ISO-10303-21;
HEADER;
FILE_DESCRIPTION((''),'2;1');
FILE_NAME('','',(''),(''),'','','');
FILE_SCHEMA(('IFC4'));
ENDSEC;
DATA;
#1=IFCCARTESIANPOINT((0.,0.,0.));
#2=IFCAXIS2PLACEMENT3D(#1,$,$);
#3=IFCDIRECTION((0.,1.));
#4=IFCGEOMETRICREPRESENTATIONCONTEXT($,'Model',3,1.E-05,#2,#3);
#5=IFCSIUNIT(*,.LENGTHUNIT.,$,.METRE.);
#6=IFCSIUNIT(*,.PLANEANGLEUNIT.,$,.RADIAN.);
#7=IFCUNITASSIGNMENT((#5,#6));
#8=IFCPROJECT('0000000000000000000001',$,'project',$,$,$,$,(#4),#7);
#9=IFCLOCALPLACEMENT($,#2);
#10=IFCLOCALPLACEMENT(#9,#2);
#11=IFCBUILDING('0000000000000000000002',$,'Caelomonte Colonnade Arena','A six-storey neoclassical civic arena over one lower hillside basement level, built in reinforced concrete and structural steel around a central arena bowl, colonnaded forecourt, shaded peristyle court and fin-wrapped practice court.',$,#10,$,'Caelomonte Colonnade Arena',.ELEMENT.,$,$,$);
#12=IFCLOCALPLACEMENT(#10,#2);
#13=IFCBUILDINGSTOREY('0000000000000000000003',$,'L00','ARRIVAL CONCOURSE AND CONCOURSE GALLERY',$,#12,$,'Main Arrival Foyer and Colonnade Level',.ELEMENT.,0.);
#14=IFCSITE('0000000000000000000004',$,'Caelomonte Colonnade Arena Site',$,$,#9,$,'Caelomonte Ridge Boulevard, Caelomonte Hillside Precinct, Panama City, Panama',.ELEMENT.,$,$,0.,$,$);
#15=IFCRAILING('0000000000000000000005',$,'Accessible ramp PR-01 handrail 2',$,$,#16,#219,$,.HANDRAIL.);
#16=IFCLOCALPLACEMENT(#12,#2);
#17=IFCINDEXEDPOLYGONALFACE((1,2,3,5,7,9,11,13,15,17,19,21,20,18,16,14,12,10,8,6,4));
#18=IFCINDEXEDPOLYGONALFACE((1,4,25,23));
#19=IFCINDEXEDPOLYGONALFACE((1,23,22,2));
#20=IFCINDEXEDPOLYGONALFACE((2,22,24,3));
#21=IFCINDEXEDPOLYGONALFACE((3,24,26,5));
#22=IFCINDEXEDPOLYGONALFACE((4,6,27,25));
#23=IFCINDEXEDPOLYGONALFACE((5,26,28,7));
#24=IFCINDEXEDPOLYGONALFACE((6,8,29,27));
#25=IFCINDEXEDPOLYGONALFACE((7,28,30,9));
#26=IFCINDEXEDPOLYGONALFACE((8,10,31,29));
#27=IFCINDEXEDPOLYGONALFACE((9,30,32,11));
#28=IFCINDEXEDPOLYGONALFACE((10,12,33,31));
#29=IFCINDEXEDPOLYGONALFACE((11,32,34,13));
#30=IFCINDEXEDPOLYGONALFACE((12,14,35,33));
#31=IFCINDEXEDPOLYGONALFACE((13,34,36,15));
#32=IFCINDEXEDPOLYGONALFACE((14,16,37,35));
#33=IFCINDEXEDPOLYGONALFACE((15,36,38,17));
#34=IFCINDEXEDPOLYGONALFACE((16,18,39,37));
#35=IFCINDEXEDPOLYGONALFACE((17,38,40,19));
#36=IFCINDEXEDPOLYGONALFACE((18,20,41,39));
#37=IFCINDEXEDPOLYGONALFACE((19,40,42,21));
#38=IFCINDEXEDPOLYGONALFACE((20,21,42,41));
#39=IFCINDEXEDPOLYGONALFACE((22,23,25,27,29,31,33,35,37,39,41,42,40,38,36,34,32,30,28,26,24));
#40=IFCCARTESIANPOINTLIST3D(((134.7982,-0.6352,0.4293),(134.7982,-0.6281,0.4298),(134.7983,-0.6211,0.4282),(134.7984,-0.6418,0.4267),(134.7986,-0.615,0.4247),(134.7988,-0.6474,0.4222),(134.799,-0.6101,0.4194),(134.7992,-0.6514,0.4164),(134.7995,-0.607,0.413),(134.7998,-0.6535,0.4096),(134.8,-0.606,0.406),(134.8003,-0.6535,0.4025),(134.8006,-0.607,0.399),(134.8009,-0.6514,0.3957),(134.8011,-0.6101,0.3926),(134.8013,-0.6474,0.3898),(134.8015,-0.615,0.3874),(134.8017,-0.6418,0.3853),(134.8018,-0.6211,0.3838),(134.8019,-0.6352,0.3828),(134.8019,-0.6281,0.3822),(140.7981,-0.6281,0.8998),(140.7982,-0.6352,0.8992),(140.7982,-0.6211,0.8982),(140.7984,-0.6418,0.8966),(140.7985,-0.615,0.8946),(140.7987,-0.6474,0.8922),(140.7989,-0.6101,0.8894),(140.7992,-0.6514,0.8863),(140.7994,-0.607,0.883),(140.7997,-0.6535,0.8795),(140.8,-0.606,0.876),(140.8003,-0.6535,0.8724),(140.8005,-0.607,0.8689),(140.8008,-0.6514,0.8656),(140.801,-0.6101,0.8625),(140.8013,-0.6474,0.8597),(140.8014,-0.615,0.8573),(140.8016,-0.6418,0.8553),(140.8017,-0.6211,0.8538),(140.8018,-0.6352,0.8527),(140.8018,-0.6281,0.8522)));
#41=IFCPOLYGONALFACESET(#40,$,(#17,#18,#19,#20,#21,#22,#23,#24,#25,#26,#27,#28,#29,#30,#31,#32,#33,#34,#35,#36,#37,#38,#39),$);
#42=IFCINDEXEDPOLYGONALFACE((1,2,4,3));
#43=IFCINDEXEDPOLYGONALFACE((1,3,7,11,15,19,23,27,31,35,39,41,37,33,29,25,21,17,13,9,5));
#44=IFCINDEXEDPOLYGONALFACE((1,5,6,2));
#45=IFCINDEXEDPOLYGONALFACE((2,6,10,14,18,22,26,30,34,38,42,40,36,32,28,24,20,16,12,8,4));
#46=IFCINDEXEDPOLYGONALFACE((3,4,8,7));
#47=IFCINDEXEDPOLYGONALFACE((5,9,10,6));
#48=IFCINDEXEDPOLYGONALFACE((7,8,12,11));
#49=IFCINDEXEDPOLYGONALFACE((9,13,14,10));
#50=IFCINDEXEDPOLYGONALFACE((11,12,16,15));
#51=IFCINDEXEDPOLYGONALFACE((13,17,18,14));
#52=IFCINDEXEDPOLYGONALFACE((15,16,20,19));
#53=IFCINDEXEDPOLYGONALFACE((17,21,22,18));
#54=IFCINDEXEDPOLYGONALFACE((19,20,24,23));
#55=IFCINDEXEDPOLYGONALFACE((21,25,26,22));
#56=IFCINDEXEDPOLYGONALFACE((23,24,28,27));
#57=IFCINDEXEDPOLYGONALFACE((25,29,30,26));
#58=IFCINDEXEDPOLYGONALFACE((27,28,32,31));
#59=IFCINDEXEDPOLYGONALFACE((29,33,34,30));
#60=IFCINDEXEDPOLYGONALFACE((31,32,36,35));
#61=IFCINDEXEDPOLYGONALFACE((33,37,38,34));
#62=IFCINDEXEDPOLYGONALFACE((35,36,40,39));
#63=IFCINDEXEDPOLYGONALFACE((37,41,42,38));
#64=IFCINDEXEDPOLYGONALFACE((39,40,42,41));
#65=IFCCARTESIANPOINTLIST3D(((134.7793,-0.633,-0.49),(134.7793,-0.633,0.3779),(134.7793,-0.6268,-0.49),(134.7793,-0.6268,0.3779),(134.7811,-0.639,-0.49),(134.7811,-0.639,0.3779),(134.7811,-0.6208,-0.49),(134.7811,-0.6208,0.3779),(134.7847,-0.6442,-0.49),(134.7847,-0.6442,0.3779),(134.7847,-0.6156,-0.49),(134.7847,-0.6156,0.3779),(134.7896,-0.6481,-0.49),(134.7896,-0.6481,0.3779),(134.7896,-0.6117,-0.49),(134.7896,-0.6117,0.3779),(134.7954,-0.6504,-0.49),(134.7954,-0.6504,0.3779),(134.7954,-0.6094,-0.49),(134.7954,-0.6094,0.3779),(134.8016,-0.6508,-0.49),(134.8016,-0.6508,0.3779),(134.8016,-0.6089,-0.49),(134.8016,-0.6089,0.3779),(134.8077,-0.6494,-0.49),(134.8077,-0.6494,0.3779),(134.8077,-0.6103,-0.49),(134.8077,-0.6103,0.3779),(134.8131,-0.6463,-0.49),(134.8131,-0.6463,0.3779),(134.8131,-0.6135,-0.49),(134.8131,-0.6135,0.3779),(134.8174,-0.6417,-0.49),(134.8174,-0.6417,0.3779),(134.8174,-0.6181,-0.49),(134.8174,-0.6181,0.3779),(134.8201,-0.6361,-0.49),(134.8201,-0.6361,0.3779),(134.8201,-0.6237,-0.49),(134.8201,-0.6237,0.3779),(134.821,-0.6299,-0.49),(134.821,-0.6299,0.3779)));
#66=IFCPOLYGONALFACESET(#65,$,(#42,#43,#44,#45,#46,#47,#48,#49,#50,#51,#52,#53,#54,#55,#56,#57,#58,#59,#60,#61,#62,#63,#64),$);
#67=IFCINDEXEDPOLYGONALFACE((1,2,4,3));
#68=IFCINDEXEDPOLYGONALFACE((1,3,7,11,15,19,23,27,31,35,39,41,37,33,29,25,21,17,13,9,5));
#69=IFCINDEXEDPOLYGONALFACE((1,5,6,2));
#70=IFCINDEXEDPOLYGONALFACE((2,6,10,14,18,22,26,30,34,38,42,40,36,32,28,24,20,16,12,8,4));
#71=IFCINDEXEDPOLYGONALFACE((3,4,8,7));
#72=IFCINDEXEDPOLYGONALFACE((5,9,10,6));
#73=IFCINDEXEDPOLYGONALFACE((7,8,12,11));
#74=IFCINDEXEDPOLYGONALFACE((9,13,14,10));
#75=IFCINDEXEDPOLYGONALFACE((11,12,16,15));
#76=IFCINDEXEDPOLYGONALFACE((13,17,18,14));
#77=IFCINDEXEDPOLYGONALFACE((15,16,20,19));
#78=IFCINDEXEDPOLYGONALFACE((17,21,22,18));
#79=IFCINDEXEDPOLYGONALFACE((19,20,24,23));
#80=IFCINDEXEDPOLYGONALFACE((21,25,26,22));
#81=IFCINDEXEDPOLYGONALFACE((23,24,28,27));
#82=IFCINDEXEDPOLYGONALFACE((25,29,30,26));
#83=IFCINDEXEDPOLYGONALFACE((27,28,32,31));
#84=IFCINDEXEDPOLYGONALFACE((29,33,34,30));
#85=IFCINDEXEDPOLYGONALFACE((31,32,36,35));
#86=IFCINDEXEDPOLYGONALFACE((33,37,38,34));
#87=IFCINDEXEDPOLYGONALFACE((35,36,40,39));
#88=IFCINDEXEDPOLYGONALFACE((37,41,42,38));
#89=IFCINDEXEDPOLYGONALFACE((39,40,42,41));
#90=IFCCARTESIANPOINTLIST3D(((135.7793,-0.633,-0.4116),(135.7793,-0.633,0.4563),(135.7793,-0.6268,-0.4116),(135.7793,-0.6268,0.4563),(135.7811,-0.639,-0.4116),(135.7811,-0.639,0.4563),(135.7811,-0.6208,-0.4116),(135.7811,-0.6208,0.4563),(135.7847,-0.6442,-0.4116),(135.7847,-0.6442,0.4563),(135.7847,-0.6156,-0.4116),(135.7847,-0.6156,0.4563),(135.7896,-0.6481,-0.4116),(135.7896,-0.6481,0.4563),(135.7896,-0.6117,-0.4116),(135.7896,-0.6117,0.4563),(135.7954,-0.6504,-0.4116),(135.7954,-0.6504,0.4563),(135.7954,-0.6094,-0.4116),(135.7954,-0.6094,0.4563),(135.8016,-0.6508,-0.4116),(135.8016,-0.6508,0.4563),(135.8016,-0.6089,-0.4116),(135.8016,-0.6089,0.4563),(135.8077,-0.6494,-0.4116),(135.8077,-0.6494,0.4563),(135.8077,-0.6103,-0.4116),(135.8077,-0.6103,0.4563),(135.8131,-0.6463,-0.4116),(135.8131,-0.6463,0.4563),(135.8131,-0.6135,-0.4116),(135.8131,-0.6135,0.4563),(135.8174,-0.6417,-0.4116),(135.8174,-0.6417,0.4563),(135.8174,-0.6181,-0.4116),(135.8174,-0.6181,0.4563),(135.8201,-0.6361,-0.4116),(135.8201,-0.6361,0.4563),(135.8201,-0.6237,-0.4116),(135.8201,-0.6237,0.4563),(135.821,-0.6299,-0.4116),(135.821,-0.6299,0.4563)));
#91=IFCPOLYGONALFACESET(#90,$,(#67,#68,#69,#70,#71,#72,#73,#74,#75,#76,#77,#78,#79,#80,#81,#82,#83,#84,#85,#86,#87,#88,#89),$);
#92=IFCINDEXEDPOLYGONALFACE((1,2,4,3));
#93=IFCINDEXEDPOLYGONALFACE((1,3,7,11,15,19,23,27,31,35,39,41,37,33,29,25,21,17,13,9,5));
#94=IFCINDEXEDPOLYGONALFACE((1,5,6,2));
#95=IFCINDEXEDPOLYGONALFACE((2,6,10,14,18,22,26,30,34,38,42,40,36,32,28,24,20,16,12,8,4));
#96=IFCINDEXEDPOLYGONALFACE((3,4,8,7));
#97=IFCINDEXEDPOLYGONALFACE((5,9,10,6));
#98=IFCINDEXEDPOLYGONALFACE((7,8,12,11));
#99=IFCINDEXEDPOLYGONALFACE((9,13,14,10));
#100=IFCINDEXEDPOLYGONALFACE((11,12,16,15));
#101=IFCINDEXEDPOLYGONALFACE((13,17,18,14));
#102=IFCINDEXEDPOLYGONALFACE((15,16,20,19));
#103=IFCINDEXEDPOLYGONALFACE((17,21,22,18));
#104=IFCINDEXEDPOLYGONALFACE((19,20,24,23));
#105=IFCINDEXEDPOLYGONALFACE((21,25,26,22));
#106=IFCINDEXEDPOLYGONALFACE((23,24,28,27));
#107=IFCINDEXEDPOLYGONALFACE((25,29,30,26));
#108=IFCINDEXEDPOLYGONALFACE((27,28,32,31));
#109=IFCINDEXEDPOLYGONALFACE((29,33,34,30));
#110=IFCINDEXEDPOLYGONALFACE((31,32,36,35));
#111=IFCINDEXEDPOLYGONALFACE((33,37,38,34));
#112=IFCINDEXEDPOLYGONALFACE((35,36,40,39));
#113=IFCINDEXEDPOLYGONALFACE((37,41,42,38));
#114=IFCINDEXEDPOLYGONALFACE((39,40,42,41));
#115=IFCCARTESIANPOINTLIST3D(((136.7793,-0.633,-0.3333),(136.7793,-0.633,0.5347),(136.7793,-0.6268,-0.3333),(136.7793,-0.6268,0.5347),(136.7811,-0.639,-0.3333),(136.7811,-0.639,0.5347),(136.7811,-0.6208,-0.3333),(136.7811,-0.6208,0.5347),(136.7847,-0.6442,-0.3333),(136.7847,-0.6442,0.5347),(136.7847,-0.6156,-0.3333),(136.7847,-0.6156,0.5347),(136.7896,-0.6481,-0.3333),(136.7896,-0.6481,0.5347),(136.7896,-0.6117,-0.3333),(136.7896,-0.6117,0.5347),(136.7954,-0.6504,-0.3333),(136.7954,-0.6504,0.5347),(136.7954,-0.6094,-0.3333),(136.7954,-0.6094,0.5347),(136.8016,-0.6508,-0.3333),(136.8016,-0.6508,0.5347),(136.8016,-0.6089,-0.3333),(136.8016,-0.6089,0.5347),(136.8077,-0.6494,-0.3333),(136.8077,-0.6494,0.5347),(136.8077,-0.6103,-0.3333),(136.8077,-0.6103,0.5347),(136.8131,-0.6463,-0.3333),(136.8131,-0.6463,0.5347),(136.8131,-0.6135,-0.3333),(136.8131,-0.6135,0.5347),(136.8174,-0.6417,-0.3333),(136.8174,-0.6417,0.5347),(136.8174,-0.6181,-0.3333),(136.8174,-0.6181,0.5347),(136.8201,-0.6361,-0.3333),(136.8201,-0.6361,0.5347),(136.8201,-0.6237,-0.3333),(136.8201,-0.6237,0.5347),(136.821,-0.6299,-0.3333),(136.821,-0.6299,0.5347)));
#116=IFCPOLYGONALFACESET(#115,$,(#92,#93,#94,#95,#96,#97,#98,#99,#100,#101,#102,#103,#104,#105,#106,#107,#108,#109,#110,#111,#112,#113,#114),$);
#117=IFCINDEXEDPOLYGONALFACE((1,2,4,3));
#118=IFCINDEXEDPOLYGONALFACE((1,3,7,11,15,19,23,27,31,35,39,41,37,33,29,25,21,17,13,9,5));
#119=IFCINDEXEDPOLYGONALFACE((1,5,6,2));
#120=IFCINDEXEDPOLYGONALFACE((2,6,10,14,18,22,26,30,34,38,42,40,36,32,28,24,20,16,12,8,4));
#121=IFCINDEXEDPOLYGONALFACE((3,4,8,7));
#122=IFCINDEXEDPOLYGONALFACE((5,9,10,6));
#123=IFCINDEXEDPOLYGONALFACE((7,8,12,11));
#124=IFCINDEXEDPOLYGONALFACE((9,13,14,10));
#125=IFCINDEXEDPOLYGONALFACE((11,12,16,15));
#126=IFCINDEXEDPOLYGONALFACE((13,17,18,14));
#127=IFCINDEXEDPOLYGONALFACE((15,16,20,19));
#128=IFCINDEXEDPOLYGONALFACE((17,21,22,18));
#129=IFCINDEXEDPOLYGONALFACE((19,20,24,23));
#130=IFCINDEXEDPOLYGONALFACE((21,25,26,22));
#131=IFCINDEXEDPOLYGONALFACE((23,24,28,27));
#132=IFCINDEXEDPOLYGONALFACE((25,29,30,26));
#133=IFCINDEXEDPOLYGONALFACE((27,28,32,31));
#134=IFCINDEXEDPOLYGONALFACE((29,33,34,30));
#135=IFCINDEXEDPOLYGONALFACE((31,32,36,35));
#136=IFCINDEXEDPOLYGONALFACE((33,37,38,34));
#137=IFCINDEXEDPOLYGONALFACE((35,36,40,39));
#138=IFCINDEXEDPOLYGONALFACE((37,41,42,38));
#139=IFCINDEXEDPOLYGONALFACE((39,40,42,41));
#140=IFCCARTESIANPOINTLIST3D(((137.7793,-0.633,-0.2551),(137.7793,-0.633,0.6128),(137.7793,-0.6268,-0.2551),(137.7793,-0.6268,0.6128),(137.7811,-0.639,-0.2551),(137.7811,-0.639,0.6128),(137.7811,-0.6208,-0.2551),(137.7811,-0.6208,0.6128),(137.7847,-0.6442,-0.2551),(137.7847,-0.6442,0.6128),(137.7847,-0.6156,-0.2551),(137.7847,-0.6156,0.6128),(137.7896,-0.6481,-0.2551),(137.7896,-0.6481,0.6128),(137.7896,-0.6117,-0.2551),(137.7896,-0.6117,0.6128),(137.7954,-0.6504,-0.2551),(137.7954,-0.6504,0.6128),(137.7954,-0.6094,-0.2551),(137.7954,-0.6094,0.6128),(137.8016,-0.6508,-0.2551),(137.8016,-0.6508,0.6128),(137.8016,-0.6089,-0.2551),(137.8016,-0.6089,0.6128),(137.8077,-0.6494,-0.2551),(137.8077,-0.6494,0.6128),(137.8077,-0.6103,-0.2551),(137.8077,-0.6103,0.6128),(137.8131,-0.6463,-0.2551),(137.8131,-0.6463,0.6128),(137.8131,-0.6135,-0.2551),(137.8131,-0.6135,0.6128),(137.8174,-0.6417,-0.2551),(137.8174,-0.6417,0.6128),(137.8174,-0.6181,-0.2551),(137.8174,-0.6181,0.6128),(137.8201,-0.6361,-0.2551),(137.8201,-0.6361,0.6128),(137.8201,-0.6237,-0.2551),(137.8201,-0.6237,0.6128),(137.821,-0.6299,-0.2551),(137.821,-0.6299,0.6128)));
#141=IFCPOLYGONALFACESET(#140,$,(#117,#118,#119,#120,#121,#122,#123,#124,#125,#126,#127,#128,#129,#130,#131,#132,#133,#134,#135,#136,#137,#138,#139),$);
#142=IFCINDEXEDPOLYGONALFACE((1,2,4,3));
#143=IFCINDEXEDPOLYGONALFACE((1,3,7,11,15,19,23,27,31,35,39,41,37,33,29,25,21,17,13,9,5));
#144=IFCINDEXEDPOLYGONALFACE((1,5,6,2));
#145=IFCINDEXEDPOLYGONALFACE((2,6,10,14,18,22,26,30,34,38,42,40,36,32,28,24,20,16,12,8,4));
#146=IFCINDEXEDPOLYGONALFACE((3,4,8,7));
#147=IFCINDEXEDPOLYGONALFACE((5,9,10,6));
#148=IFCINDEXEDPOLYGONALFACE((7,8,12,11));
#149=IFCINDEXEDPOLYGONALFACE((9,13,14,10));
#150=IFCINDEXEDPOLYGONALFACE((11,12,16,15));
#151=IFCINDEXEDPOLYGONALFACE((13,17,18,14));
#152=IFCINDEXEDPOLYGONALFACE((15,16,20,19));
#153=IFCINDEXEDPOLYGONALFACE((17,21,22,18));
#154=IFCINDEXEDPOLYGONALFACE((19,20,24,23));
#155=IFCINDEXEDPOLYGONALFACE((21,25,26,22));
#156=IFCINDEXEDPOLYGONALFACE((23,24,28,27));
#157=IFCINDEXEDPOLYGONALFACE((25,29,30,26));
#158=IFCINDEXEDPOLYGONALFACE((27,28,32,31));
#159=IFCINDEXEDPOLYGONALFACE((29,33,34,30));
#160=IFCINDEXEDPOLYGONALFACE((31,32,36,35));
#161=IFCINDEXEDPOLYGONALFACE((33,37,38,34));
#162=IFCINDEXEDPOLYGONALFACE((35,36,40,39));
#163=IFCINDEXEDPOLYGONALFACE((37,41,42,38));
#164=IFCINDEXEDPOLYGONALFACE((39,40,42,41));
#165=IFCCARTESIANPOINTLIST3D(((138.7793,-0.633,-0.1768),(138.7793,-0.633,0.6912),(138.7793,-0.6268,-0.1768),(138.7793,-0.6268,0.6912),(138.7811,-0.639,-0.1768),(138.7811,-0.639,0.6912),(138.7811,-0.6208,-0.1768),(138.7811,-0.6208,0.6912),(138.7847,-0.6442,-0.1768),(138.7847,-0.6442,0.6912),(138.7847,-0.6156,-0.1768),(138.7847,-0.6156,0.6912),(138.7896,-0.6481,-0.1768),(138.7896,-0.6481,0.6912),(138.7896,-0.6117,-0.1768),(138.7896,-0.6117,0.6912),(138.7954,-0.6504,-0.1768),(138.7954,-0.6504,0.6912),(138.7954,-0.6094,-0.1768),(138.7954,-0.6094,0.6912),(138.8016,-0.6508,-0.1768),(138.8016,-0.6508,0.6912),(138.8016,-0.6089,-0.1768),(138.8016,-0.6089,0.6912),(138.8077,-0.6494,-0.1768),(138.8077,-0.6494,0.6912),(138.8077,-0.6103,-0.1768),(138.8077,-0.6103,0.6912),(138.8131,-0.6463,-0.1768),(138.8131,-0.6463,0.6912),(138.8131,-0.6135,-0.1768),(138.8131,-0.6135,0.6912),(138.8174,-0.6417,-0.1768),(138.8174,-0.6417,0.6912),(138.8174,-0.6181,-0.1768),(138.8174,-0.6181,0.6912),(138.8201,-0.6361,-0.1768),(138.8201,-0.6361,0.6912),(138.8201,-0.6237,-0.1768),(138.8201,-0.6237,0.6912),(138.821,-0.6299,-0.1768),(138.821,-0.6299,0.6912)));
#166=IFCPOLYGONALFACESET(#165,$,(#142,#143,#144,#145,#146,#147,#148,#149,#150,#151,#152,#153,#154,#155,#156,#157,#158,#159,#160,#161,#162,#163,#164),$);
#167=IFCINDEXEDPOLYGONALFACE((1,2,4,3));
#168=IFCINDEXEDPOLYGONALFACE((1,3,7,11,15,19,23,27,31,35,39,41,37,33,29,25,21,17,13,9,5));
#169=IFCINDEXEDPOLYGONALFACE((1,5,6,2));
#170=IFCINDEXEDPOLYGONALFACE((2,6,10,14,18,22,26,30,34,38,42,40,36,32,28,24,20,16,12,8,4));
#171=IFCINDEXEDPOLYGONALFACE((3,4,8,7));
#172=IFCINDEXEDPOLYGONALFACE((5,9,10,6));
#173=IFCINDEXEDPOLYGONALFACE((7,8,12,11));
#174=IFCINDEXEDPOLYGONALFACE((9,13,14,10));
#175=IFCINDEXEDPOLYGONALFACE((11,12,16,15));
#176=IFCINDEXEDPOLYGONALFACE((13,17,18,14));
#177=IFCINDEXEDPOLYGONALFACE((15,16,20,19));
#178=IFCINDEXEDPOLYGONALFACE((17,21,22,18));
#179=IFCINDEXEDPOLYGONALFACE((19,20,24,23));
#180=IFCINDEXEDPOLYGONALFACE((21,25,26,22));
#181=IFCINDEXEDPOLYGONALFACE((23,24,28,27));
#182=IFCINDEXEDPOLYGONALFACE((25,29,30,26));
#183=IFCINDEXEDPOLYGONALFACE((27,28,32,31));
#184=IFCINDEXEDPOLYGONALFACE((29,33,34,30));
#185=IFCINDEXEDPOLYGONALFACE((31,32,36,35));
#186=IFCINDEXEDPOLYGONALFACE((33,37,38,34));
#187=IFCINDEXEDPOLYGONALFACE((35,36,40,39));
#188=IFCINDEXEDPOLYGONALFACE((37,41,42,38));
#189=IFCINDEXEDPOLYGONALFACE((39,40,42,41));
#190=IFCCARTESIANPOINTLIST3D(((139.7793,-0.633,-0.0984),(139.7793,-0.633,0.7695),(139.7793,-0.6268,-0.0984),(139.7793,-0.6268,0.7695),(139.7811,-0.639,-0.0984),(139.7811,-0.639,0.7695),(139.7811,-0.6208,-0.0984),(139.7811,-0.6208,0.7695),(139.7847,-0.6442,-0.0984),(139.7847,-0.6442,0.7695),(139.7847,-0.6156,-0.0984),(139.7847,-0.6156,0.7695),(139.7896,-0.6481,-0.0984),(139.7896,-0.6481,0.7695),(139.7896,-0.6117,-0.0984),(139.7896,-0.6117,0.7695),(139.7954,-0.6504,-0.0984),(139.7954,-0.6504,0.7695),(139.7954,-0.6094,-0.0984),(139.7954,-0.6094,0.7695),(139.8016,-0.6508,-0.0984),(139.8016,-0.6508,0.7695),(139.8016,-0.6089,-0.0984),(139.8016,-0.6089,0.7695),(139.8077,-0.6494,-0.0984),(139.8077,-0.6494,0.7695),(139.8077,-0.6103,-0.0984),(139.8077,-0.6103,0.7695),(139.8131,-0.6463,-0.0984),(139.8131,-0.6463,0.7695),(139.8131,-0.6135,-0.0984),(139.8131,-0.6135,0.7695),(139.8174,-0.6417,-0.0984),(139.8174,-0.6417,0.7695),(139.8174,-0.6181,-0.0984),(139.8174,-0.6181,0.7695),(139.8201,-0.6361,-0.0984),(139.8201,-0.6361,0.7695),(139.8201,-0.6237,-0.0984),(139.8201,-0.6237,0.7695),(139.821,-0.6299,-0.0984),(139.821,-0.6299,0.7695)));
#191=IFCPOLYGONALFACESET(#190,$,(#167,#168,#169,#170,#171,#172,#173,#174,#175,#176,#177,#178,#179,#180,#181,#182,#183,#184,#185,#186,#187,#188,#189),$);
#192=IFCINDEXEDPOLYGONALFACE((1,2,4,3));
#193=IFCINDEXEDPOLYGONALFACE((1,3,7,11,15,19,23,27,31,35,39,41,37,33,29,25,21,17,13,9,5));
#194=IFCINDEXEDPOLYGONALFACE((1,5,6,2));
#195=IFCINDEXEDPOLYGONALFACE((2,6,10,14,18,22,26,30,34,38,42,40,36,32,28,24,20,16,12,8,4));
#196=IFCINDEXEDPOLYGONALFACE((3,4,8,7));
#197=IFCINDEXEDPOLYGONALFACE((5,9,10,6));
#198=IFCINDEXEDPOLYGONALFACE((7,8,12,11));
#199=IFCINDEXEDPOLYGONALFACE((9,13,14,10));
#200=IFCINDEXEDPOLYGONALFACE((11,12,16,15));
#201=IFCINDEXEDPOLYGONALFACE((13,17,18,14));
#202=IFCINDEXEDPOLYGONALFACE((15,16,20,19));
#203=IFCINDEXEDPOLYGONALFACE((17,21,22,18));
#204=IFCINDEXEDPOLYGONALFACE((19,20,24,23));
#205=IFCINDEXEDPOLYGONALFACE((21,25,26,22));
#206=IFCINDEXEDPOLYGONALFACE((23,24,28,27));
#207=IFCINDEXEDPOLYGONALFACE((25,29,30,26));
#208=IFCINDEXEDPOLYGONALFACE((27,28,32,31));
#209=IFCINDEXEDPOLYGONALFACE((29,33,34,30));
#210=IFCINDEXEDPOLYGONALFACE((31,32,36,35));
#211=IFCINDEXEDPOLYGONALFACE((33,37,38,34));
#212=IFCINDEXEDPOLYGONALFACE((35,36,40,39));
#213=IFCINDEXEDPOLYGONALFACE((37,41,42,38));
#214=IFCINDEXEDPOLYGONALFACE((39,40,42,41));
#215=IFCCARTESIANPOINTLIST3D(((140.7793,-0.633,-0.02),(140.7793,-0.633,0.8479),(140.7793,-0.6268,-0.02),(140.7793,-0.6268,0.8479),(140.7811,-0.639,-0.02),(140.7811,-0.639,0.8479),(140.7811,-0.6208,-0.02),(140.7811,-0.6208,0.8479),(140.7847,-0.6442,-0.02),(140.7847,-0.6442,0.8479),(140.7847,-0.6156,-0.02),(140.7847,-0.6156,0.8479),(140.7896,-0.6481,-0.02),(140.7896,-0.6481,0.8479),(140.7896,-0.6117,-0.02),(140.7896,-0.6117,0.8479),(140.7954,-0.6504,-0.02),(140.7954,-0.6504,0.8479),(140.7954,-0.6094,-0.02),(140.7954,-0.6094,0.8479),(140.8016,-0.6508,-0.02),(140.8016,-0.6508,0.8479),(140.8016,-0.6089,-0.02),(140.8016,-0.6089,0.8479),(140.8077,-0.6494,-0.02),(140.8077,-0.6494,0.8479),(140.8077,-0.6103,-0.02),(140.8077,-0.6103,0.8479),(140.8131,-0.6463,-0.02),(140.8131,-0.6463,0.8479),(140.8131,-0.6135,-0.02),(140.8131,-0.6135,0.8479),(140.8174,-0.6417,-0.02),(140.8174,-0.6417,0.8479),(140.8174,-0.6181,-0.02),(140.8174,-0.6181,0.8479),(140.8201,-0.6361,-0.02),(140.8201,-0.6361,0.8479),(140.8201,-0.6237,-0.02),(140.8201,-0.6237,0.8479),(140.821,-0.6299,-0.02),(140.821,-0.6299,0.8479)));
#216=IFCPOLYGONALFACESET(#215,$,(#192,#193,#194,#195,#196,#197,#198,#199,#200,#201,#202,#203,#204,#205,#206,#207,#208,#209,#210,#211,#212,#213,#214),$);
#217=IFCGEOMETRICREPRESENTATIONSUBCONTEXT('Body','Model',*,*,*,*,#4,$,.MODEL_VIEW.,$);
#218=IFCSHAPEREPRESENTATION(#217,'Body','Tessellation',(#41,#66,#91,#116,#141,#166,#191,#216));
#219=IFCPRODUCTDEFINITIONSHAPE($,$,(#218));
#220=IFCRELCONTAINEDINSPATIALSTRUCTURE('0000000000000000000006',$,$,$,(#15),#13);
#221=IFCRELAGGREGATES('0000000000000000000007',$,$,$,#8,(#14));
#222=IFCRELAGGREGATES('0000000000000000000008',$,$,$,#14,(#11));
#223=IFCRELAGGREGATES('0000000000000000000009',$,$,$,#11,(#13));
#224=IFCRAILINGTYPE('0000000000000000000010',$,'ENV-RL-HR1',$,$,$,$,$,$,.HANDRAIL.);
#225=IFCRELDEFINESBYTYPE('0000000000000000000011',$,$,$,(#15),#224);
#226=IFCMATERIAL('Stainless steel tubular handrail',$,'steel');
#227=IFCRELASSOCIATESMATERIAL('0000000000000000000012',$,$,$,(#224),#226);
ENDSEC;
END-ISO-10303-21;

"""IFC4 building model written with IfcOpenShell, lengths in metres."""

from ifc_helpers import new_model, si_unit, direction, frame, origin, origin_2d, place, context, subcontext, project, spatial, circle, extrude, material, type_object, element, save


model = new_model("IFC4")

# Units and contexts
model_context = context("Model", 3, precision=1e-05, world=origin(), true_north=direction((0.0, 1.0)))
body_context = subcontext(model_context, "Body", "Model", "MODEL_VIEW")
ifc_project = project(units=[si_unit("LENGTHUNIT", "METRE"), si_unit("PLANEANGLEUNIT", "RADIAN")], contexts=[model_context])

# Site, building, storey
site_placement = place(None, origin())
site = spatial("IfcSite", under=ifc_project, at=site_placement, Name="Caelomonte Colonnade Arena Site", LongName="Caelomonte Ridge Boulevard, Caelomonte Hillside Precinct, Panama City, Panama", CompositionType="ELEMENT", RefElevation=0.0)
building_placement = place(site_placement, origin())
building = spatial("IfcBuilding", under=site, at=building_placement, Name="Caelomonte Colonnade Arena", Description="A six-storey neoclassical civic arena over one lower hillside basement level, built in reinforced concrete and structural steel around a central arena bowl, colonnaded forecourt, shaded peristyle court and fin-wrapped practice court.", LongName="Caelomonte Colonnade Arena", CompositionType="ELEMENT")
storey_placement = place(building_placement, origin())
storey = spatial("IfcBuildingStorey", under=building, at=storey_placement, Name="L00", Description="ARRIVAL CONCOURSE AND CONCOURSE GALLERY", LongName="Main Arrival Foyer and Colonnade Level", CompositionType="ELEMENT", Elevation=0.0)

# Railing
ifc_material_1 = material(Name="Stainless steel tubular handrail", Category="steel")
railing_type = type_object("IfcRailingType", Name="ENV-RL-HR1", PredefinedType="HANDRAIL", material=ifc_material_1)
for number, where, name in (
    (1, (134.8, -0.6299, -0.49), "Accessible ramp PR-01 handrail 2"),
):
    element("IfcRailing", number, at=place(storey_placement, frame(where)), inside=storey, type_object=railing_type, Name=name, PredefinedType="HANDRAIL", context=body_context, shape_type="SweptSolid", body=[
        extrude(circle(Radius=0.0239, at=origin_2d()), frame((0.0, 0.0, 0.896), z_axis=(0.996946, 0.0, 0.078089), x_axis=(0.0, 1.0, 0.0)), (0.0, 0.0, 1.0), 6.0183),
        extrude(circle(Radius=0.021, at=origin_2d()), origin(), (0.0, 0.0, 1.0), 0.8679),
        extrude(circle(Radius=0.021, at=origin_2d()), frame((1.0, 0.0, 0.0784)), (0.0, 0.0, 1.0), 0.8679),
        extrude(circle(Radius=0.021, at=origin_2d()), frame((2.0, 0.0, 0.1567)), (0.0, 0.0, 1.0), 0.8679),
        extrude(circle(Radius=0.021, at=origin_2d()), frame((3.0, 0.0, 0.2349)), (0.0, 0.0, 1.0), 0.8679),
        extrude(circle(Radius=0.021, at=origin_2d()), frame((4.0, 0.0, 0.3132)), (0.0, 0.0, 1.0), 0.8679),
        extrude(circle(Radius=0.021, at=origin_2d()), frame((5.0, 0.0, 0.3916)), (0.0, 0.0, 1.0), 0.8679),
        extrude(circle(Radius=0.021, at=origin_2d()), frame((6.0, 0.0, 0.47)), (0.0, 0.0, 1.0), 0.8679),
    ])

save(model, "model.ifc")
